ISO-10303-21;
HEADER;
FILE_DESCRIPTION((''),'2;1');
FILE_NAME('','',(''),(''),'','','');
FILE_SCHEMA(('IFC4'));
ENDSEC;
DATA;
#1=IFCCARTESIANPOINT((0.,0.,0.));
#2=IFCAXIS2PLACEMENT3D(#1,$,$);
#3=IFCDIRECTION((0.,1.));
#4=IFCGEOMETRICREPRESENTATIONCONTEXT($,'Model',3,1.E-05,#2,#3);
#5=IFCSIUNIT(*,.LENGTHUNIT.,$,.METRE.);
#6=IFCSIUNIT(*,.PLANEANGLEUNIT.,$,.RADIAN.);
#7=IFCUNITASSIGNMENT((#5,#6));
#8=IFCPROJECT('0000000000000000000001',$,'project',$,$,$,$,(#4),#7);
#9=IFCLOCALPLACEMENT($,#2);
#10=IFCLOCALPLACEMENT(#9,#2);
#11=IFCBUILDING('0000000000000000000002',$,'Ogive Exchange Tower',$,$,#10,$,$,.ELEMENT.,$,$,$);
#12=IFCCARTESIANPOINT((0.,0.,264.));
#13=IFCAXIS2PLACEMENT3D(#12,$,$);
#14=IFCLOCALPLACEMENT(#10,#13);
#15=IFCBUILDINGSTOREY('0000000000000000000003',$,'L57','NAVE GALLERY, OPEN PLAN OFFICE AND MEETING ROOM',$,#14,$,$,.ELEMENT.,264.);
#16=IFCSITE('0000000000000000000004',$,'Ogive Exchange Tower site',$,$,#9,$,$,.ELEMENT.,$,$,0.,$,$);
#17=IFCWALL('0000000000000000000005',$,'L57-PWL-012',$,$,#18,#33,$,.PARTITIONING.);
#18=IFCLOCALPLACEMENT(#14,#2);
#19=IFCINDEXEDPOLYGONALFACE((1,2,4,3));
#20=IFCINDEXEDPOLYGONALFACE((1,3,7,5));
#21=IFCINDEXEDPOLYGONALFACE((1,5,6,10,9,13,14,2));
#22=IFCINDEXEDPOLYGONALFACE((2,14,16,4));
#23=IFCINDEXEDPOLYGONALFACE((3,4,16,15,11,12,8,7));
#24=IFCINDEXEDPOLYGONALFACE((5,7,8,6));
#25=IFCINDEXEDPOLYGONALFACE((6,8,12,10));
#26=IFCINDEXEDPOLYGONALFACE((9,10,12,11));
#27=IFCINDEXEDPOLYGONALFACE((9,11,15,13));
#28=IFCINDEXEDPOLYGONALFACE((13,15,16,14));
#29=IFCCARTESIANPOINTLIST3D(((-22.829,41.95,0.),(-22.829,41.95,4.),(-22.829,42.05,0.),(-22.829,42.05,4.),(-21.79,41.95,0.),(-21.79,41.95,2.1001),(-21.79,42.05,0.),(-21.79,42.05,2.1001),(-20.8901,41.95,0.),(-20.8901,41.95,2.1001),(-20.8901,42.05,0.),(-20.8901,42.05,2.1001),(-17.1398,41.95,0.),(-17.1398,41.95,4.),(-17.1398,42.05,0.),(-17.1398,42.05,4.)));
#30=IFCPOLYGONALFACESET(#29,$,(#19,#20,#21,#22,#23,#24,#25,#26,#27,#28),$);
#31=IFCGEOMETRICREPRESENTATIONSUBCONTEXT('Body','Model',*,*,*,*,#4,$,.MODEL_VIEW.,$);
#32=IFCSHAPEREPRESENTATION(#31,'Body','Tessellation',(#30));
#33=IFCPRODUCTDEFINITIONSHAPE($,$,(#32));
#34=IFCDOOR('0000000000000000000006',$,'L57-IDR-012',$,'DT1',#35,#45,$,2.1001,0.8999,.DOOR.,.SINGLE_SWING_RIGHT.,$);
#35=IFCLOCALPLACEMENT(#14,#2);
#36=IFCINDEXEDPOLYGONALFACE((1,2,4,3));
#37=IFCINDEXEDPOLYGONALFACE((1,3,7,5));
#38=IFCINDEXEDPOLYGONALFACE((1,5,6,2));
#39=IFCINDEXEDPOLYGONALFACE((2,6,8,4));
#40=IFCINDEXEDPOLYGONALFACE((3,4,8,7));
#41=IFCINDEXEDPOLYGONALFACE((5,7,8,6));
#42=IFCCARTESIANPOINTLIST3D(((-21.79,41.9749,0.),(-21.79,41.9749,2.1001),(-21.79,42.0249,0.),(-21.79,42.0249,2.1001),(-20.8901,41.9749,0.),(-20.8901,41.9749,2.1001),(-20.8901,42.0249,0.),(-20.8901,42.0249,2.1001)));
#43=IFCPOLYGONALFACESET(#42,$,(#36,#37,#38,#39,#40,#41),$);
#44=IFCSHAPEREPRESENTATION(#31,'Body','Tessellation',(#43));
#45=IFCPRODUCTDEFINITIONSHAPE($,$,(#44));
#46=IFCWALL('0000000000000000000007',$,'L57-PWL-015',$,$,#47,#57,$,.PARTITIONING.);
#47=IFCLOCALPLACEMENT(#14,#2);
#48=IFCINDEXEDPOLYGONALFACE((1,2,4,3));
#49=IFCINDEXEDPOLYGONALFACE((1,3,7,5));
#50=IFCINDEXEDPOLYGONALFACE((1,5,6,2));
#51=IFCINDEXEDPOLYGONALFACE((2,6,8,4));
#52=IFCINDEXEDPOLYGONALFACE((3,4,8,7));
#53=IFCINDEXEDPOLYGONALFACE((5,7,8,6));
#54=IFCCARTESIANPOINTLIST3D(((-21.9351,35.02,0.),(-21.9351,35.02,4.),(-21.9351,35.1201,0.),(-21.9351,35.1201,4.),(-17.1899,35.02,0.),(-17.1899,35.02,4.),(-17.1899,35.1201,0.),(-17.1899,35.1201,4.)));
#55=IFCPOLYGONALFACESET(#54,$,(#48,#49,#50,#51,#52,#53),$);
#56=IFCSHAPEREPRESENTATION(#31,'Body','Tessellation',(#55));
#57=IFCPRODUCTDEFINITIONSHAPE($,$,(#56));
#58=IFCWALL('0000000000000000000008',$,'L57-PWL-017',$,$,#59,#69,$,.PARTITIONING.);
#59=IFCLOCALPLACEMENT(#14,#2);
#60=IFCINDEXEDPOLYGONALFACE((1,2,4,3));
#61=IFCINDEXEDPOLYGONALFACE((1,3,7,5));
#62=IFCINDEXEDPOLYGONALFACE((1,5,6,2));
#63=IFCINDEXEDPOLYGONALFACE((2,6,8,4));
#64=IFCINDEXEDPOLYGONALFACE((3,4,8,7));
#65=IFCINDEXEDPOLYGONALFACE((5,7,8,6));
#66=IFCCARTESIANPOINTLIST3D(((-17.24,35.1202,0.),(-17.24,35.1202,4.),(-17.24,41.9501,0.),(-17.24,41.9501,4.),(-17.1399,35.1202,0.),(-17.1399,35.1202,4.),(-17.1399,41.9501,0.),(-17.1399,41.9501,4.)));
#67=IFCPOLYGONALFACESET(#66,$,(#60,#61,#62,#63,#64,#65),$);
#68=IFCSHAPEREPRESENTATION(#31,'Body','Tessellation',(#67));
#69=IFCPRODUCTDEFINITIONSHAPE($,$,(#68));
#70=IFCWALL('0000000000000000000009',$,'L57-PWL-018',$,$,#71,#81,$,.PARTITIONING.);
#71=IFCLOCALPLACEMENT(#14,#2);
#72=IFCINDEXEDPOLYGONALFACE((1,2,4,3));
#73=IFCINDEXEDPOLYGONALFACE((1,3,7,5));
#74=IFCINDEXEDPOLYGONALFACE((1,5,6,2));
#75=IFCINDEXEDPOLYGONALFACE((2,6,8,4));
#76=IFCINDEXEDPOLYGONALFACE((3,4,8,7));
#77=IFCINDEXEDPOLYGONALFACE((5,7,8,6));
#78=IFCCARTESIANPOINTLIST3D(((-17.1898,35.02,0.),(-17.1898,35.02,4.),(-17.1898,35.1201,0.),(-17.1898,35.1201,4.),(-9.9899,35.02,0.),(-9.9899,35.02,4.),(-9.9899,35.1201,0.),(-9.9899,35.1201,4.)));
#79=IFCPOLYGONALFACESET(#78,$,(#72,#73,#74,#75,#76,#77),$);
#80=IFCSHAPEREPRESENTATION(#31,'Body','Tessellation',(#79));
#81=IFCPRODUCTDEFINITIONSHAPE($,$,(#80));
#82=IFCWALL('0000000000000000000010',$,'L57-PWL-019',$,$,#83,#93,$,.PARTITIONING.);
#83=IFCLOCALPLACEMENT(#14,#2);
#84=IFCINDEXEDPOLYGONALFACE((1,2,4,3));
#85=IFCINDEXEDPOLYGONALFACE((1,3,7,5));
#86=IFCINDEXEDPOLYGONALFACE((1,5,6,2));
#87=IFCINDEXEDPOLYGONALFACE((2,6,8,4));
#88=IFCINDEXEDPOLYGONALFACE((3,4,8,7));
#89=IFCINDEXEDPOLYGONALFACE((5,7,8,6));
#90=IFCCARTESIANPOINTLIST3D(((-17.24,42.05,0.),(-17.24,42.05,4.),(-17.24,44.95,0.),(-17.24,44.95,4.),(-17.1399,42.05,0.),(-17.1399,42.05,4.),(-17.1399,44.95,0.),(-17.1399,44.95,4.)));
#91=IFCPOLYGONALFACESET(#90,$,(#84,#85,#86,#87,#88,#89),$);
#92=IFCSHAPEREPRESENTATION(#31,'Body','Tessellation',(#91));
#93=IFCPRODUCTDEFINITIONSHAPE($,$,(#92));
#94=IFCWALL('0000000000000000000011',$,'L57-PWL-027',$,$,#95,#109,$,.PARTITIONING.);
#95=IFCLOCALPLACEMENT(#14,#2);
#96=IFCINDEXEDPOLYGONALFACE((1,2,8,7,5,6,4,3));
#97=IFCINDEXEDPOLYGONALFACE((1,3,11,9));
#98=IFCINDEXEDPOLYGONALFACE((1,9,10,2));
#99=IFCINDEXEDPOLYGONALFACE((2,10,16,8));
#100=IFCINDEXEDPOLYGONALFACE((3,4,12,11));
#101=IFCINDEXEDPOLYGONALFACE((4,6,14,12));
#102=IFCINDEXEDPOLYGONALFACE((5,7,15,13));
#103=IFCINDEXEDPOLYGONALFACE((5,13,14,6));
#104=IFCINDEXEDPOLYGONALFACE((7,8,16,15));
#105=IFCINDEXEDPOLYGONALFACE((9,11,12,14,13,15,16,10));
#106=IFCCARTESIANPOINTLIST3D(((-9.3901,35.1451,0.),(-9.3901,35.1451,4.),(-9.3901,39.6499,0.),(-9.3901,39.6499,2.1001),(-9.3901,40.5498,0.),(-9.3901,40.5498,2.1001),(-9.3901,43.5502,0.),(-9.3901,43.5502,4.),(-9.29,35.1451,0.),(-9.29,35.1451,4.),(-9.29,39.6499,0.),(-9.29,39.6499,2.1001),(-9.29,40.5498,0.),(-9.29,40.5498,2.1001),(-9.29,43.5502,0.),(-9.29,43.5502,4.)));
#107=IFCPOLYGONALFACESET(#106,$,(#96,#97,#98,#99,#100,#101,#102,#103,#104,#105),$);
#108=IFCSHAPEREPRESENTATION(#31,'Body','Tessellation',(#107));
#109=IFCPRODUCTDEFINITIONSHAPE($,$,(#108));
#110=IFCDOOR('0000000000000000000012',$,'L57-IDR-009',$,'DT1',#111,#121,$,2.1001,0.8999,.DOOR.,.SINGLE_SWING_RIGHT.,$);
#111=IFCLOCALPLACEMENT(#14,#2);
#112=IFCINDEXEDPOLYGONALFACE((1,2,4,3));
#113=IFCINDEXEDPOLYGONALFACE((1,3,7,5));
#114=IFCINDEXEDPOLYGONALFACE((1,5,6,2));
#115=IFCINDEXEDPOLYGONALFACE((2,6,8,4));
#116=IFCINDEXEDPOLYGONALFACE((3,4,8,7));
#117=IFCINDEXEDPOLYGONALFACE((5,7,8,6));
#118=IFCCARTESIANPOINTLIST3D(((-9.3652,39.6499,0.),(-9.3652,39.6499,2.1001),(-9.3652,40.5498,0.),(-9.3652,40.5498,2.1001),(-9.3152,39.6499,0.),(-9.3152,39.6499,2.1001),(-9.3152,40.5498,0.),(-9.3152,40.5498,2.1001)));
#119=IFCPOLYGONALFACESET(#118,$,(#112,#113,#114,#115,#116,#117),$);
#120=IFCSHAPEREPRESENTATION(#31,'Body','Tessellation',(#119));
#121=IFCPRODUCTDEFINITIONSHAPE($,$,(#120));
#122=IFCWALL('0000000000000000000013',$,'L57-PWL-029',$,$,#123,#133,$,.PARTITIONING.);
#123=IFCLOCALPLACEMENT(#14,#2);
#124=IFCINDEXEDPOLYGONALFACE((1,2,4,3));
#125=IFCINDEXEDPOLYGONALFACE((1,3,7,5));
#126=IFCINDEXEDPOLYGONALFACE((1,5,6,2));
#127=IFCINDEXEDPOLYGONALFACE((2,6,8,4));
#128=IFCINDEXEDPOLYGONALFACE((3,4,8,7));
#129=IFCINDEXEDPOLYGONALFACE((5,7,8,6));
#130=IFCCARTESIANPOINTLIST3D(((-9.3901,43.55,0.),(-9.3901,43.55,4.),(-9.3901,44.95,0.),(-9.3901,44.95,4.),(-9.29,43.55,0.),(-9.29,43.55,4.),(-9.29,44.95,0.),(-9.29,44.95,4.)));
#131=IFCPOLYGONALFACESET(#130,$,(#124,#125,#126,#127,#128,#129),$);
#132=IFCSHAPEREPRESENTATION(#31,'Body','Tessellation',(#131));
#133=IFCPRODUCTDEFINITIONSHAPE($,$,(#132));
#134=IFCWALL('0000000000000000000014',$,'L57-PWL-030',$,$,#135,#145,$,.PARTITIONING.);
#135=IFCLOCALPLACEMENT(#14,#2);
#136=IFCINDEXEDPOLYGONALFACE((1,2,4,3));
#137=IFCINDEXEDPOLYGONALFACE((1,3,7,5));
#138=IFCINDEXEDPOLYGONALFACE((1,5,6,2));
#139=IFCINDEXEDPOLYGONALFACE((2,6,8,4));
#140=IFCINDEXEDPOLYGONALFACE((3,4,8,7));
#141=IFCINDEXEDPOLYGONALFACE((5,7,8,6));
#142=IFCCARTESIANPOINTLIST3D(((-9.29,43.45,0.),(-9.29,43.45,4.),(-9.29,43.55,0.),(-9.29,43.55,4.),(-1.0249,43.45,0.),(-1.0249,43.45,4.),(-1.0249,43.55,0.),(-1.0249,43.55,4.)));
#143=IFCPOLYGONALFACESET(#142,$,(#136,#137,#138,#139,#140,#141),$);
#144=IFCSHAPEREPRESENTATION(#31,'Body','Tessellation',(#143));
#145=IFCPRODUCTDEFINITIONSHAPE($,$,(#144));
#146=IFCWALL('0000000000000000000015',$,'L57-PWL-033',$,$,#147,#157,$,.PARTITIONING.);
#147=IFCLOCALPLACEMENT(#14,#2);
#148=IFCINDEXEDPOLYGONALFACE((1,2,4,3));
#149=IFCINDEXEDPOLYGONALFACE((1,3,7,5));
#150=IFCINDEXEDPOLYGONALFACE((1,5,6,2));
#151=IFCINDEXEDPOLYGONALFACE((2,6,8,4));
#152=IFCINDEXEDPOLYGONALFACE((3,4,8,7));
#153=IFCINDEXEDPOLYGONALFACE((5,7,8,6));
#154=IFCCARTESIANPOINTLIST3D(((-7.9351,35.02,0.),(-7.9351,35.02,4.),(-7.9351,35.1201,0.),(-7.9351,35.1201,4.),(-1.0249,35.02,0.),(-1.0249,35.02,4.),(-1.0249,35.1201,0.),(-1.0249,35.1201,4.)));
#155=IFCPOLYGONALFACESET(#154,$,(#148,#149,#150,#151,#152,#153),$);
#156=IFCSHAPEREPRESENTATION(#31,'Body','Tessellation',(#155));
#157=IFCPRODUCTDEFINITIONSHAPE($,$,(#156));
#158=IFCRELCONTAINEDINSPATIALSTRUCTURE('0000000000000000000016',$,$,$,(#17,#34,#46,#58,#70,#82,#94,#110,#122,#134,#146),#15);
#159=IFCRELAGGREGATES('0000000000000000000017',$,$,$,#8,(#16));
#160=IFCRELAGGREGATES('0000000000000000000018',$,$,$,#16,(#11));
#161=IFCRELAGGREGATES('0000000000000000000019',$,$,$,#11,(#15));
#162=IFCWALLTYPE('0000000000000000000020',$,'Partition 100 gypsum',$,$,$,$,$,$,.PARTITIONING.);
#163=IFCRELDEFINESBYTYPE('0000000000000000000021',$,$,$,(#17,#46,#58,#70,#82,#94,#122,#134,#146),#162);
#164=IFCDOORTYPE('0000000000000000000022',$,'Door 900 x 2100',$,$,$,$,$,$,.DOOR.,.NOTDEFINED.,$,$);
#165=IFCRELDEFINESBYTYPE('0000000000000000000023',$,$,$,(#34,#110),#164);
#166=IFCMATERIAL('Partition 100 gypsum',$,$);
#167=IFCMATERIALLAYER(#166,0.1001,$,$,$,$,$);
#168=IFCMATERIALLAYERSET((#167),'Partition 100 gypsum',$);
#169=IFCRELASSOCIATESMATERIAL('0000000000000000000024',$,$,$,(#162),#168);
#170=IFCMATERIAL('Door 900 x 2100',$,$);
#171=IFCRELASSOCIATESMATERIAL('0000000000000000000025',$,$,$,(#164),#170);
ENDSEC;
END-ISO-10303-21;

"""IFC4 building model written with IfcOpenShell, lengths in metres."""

from ifc_helpers import new_model, si_unit, direction, frame, frame_2d, origin, place, context, subcontext, project, spatial, rectangle, extrude, material, layer, layer_set, type_object, element, fill, save


model = new_model("IFC4")

# Units and contexts
model_context = context("Model", 3, precision=1e-05, world=origin(), true_north=direction((0.0, 1.0)))
body_context = subcontext(model_context, "Body", "Model", "MODEL_VIEW")
ifc_project = project(units=[si_unit("LENGTHUNIT", "METRE"), si_unit("PLANEANGLEUNIT", "RADIAN")], contexts=[model_context])

# Site, building, storey
site_placement = place(None, origin())
site = spatial("IfcSite", under=ifc_project, at=site_placement, Name="Ogive Exchange Tower site", CompositionType="ELEMENT", RefElevation=0.0)
building_placement = place(site_placement, origin())
building = spatial("IfcBuilding", under=site, at=building_placement, Name="Ogive Exchange Tower", CompositionType="ELEMENT")
storey_placement = place(building_placement, frame((0.0, 0.0, 264.0)))
storey = spatial("IfcBuildingStorey", under=building, at=storey_placement, Name="L57", Description="NAVE GALLERY, OPEN PLAN OFFICE AND MEETING ROOM", CompositionType="ELEMENT", Elevation=264.0)

# Wall, opening, door
ifc_material_1 = material(Name="Partition 100 gypsum")
ifc_layer_1 = layer(ifc_material_1, 0.1001)
ifc_layer_set_1 = layer_set([ifc_layer_1], Name="Partition 100 gypsum")
wall_type_1 = type_object("IfcWallType", Name="Partition 100 gypsum", PredefinedType="PARTITIONING", material=ifc_layer_set_1)
wall_1_placement = place(storey_placement, frame((-22.8291, 42.0, 0.0), z_axis=(0.0, 0.0, 1.0), x_axis=(1.0, 0.0, 0.0)))
wall_1 = element("IfcWall", 1, at=wall_1_placement, inside=storey, type_object=wall_type_1, Name="L57-PWL-012", PredefinedType="PARTITIONING", context=body_context, shape_type="SweptSolid", body=[
    extrude(rectangle(XDim=5.6892, YDim=0.1001, at=frame_2d((2.8447, 0.0))), origin(), (0.0, 0.0, 1.0), 4.0),
])
opening_1_placement = place(wall_1_placement, frame((1.0391, 0.0, 0.0)))
opening_1 = element("IfcOpeningElement", 2, at=opening_1_placement, cuts=wall_1, PredefinedType="OPENING", context=body_context, shape_type="SweptSolid", body=[
    extrude(rectangle(XDim=0.8999, YDim=2.1001, at=frame_2d((0.45, 1.05))), frame((0.0, 0.0601, 0.0), z_axis=(0.0, -1.0, 0.0), x_axis=(1.0, 0.0, 0.0)), (0.0, 0.0, 1.0), 0.1201),
])
ifc_material_2 = material(Name="Door 900 x 2100")
door_type_1 = type_object("IfcDoorType", Name="Door 900 x 2100", OperationType="NOTDEFINED", PredefinedType="DOOR", material=ifc_material_2)
door_1_placement = place(opening_1_placement, origin())
door_1 = element("IfcDoor", 3, at=door_1_placement, inside=storey, type_object=door_type_1, Name="L57-IDR-012", ObjectType="DT1", OperationType="SINGLE_SWING_RIGHT", OverallHeight=2.1001, OverallWidth=0.8999, PredefinedType="DOOR", context=body_context, shape_type="SweptSolid", body=[
    extrude(rectangle(XDim=0.8999, YDim=2.1001, at=frame_2d((0.45, 1.05))), frame((0.0, 0.0249, 0.0), z_axis=(0.0, -1.0, 0.0), x_axis=(1.0, 0.0, 0.0)), (0.0, 0.0, 1.0), 0.05),
])
fill(opening_1, door_1)

# Walls
wall_2_placement = place(storey_placement, frame((-21.9351, 35.0701, 0.0), z_axis=(0.0, 0.0, 1.0), x_axis=(1.0, 0.0, 0.0)))
element("IfcWall", 4, at=wall_2_placement, inside=storey, type_object=wall_type_1, Name="L57-PWL-015", PredefinedType="PARTITIONING", context=body_context, shape_type="SweptSolid", body=[
    extrude(rectangle(XDim=4.7451, YDim=0.1001, at=frame_2d((2.3726, 0.0))), origin(), (0.0, 0.0, 1.0), 4.0),
])
wall_3_placement = place(storey_placement, frame((-17.1899, 35.1201, 0.0), z_axis=(0.0, 0.0, 1.0), x_axis=(0.0, 1.0, 0.0)))
element("IfcWall", 5, at=wall_3_placement, inside=storey, type_object=wall_type_1, Name="L57-PWL-017", PredefinedType="PARTITIONING", context=body_context, shape_type="SweptSolid", body=[
    extrude(rectangle(XDim=6.8298, YDim=0.1001, at=frame_2d((3.415, 0.0))), origin(), (0.0, 0.0, 1.0), 4.0),
])
wall_4_placement = place(storey_placement, frame((-17.1899, 35.0701, 0.0), z_axis=(0.0, 0.0, 1.0), x_axis=(1.0, 0.0, 0.0)))
element("IfcWall", 6, at=wall_4_placement, inside=storey, type_object=wall_type_1, Name="L57-PWL-018", PredefinedType="PARTITIONING", context=body_context, shape_type="SweptSolid", body=[
    extrude(rectangle(XDim=7.2, YDim=0.1001, at=frame_2d((3.6001, 0.0))), origin(), (0.0, 0.0, 1.0), 4.0),
])
wall_5_placement = place(storey_placement, frame((-17.1899, 42.05, 0.0), z_axis=(0.0, 0.0, 1.0), x_axis=(0.0, 1.0, 0.0)))
element("IfcWall", 7, at=wall_5_placement, inside=storey, type_object=wall_type_1, Name="L57-PWL-019", PredefinedType="PARTITIONING", context=body_context, shape_type="SweptSolid", body=[
    extrude(rectangle(XDim=2.8999, YDim=0.1001, at=frame_2d((1.45, 0.0))), origin(), (0.0, 0.0, 1.0), 4.0),
])

# Wall, opening, door
wall_6_placement = place(storey_placement, frame((-9.3401, 35.145, 0.0), z_axis=(0.0, 0.0, 1.0), x_axis=(0.0, 1.0, 0.0)))
wall_6 = element("IfcWall", 8, at=wall_6_placement, inside=storey, type_object=wall_type_1, Name="L57-PWL-027", PredefinedType="PARTITIONING", context=body_context, shape_type="SweptSolid", body=[
    extrude(rectangle(XDim=8.405, YDim=0.1001, at=frame_2d((4.2026, 0.0))), origin(), (0.0, 0.0, 1.0), 4.0),
])
opening_2_placement = place(wall_6_placement, frame((4.5049, 0.0, 0.0)))
opening_2 = element("IfcOpeningElement", 9, at=opening_2_placement, cuts=wall_6, PredefinedType="OPENING", context=body_context, shape_type="SweptSolid", body=[
    extrude(rectangle(XDim=0.8999, YDim=2.1001, at=frame_2d((0.45, 1.05))), frame((0.0, 0.0601, 0.0), z_axis=(0.0, -1.0, 0.0), x_axis=(1.0, 0.0, 0.0)), (0.0, 0.0, 1.0), 0.1201),
])
door_2_placement = place(opening_2_placement, frame((0.8999, 0.0, 0.0), z_axis=(0.0, 0.0, 1.0), x_axis=(-1.0, 0.0, 0.0)))
door_2 = element("IfcDoor", 10, at=door_2_placement, inside=storey, type_object=door_type_1, Name="L57-IDR-009", ObjectType="DT1", OperationType="SINGLE_SWING_RIGHT", OverallHeight=2.1001, OverallWidth=0.8999, PredefinedType="DOOR", context=body_context, shape_type="SweptSolid", body=[
    extrude(rectangle(XDim=0.8999, YDim=2.1001, at=frame_2d((0.45, 1.05))), frame((0.0, 0.0249, 0.0), z_axis=(0.0, -1.0, 0.0), x_axis=(1.0, 0.0, 0.0)), (0.0, 0.0, 1.0), 0.05),
])
fill(opening_2, door_2)

# Walls
wall_7_placement = place(storey_placement, frame((-9.3401, 43.55, 0.0), z_axis=(0.0, 0.0, 1.0), x_axis=(0.0, 1.0, 0.0)))
element("IfcWall", 11, at=wall_7_placement, inside=storey, type_object=wall_type_1, Name="L57-PWL-029", PredefinedType="PARTITIONING", context=body_context, shape_type="SweptSolid", body=[
    extrude(rectangle(XDim=1.3999, YDim=0.1001, at=frame_2d((0.7, 0.0))), origin(), (0.0, 0.0, 1.0), 4.0),
])
wall_8_placement = place(storey_placement, frame((-9.29, 43.5, 0.0), z_axis=(0.0, 0.0, 1.0), x_axis=(1.0, 0.0, 0.0)))
element("IfcWall", 12, at=wall_8_placement, inside=storey, type_object=wall_type_1, Name="L57-PWL-030", PredefinedType="PARTITIONING", context=body_context, shape_type="SweptSolid", body=[
    extrude(rectangle(XDim=8.2651, YDim=0.1001, at=frame_2d((4.1326, 0.0))), origin(), (0.0, 0.0, 1.0), 4.0),
])
wall_9_placement = place(storey_placement, frame((-7.9351, 35.0701, 0.0), z_axis=(0.0, 0.0, 1.0), x_axis=(1.0, 0.0, 0.0)))
element("IfcWall", 13, at=wall_9_placement, inside=storey, type_object=wall_type_1, Name="L57-PWL-033", PredefinedType="PARTITIONING", context=body_context, shape_type="SweptSolid", body=[
    extrude(rectangle(XDim=6.9102, YDim=0.1001, at=frame_2d((3.4551, 0.0))), origin(), (0.0, 0.0, 1.0), 4.0),
])

save(model, "model.ifc")
